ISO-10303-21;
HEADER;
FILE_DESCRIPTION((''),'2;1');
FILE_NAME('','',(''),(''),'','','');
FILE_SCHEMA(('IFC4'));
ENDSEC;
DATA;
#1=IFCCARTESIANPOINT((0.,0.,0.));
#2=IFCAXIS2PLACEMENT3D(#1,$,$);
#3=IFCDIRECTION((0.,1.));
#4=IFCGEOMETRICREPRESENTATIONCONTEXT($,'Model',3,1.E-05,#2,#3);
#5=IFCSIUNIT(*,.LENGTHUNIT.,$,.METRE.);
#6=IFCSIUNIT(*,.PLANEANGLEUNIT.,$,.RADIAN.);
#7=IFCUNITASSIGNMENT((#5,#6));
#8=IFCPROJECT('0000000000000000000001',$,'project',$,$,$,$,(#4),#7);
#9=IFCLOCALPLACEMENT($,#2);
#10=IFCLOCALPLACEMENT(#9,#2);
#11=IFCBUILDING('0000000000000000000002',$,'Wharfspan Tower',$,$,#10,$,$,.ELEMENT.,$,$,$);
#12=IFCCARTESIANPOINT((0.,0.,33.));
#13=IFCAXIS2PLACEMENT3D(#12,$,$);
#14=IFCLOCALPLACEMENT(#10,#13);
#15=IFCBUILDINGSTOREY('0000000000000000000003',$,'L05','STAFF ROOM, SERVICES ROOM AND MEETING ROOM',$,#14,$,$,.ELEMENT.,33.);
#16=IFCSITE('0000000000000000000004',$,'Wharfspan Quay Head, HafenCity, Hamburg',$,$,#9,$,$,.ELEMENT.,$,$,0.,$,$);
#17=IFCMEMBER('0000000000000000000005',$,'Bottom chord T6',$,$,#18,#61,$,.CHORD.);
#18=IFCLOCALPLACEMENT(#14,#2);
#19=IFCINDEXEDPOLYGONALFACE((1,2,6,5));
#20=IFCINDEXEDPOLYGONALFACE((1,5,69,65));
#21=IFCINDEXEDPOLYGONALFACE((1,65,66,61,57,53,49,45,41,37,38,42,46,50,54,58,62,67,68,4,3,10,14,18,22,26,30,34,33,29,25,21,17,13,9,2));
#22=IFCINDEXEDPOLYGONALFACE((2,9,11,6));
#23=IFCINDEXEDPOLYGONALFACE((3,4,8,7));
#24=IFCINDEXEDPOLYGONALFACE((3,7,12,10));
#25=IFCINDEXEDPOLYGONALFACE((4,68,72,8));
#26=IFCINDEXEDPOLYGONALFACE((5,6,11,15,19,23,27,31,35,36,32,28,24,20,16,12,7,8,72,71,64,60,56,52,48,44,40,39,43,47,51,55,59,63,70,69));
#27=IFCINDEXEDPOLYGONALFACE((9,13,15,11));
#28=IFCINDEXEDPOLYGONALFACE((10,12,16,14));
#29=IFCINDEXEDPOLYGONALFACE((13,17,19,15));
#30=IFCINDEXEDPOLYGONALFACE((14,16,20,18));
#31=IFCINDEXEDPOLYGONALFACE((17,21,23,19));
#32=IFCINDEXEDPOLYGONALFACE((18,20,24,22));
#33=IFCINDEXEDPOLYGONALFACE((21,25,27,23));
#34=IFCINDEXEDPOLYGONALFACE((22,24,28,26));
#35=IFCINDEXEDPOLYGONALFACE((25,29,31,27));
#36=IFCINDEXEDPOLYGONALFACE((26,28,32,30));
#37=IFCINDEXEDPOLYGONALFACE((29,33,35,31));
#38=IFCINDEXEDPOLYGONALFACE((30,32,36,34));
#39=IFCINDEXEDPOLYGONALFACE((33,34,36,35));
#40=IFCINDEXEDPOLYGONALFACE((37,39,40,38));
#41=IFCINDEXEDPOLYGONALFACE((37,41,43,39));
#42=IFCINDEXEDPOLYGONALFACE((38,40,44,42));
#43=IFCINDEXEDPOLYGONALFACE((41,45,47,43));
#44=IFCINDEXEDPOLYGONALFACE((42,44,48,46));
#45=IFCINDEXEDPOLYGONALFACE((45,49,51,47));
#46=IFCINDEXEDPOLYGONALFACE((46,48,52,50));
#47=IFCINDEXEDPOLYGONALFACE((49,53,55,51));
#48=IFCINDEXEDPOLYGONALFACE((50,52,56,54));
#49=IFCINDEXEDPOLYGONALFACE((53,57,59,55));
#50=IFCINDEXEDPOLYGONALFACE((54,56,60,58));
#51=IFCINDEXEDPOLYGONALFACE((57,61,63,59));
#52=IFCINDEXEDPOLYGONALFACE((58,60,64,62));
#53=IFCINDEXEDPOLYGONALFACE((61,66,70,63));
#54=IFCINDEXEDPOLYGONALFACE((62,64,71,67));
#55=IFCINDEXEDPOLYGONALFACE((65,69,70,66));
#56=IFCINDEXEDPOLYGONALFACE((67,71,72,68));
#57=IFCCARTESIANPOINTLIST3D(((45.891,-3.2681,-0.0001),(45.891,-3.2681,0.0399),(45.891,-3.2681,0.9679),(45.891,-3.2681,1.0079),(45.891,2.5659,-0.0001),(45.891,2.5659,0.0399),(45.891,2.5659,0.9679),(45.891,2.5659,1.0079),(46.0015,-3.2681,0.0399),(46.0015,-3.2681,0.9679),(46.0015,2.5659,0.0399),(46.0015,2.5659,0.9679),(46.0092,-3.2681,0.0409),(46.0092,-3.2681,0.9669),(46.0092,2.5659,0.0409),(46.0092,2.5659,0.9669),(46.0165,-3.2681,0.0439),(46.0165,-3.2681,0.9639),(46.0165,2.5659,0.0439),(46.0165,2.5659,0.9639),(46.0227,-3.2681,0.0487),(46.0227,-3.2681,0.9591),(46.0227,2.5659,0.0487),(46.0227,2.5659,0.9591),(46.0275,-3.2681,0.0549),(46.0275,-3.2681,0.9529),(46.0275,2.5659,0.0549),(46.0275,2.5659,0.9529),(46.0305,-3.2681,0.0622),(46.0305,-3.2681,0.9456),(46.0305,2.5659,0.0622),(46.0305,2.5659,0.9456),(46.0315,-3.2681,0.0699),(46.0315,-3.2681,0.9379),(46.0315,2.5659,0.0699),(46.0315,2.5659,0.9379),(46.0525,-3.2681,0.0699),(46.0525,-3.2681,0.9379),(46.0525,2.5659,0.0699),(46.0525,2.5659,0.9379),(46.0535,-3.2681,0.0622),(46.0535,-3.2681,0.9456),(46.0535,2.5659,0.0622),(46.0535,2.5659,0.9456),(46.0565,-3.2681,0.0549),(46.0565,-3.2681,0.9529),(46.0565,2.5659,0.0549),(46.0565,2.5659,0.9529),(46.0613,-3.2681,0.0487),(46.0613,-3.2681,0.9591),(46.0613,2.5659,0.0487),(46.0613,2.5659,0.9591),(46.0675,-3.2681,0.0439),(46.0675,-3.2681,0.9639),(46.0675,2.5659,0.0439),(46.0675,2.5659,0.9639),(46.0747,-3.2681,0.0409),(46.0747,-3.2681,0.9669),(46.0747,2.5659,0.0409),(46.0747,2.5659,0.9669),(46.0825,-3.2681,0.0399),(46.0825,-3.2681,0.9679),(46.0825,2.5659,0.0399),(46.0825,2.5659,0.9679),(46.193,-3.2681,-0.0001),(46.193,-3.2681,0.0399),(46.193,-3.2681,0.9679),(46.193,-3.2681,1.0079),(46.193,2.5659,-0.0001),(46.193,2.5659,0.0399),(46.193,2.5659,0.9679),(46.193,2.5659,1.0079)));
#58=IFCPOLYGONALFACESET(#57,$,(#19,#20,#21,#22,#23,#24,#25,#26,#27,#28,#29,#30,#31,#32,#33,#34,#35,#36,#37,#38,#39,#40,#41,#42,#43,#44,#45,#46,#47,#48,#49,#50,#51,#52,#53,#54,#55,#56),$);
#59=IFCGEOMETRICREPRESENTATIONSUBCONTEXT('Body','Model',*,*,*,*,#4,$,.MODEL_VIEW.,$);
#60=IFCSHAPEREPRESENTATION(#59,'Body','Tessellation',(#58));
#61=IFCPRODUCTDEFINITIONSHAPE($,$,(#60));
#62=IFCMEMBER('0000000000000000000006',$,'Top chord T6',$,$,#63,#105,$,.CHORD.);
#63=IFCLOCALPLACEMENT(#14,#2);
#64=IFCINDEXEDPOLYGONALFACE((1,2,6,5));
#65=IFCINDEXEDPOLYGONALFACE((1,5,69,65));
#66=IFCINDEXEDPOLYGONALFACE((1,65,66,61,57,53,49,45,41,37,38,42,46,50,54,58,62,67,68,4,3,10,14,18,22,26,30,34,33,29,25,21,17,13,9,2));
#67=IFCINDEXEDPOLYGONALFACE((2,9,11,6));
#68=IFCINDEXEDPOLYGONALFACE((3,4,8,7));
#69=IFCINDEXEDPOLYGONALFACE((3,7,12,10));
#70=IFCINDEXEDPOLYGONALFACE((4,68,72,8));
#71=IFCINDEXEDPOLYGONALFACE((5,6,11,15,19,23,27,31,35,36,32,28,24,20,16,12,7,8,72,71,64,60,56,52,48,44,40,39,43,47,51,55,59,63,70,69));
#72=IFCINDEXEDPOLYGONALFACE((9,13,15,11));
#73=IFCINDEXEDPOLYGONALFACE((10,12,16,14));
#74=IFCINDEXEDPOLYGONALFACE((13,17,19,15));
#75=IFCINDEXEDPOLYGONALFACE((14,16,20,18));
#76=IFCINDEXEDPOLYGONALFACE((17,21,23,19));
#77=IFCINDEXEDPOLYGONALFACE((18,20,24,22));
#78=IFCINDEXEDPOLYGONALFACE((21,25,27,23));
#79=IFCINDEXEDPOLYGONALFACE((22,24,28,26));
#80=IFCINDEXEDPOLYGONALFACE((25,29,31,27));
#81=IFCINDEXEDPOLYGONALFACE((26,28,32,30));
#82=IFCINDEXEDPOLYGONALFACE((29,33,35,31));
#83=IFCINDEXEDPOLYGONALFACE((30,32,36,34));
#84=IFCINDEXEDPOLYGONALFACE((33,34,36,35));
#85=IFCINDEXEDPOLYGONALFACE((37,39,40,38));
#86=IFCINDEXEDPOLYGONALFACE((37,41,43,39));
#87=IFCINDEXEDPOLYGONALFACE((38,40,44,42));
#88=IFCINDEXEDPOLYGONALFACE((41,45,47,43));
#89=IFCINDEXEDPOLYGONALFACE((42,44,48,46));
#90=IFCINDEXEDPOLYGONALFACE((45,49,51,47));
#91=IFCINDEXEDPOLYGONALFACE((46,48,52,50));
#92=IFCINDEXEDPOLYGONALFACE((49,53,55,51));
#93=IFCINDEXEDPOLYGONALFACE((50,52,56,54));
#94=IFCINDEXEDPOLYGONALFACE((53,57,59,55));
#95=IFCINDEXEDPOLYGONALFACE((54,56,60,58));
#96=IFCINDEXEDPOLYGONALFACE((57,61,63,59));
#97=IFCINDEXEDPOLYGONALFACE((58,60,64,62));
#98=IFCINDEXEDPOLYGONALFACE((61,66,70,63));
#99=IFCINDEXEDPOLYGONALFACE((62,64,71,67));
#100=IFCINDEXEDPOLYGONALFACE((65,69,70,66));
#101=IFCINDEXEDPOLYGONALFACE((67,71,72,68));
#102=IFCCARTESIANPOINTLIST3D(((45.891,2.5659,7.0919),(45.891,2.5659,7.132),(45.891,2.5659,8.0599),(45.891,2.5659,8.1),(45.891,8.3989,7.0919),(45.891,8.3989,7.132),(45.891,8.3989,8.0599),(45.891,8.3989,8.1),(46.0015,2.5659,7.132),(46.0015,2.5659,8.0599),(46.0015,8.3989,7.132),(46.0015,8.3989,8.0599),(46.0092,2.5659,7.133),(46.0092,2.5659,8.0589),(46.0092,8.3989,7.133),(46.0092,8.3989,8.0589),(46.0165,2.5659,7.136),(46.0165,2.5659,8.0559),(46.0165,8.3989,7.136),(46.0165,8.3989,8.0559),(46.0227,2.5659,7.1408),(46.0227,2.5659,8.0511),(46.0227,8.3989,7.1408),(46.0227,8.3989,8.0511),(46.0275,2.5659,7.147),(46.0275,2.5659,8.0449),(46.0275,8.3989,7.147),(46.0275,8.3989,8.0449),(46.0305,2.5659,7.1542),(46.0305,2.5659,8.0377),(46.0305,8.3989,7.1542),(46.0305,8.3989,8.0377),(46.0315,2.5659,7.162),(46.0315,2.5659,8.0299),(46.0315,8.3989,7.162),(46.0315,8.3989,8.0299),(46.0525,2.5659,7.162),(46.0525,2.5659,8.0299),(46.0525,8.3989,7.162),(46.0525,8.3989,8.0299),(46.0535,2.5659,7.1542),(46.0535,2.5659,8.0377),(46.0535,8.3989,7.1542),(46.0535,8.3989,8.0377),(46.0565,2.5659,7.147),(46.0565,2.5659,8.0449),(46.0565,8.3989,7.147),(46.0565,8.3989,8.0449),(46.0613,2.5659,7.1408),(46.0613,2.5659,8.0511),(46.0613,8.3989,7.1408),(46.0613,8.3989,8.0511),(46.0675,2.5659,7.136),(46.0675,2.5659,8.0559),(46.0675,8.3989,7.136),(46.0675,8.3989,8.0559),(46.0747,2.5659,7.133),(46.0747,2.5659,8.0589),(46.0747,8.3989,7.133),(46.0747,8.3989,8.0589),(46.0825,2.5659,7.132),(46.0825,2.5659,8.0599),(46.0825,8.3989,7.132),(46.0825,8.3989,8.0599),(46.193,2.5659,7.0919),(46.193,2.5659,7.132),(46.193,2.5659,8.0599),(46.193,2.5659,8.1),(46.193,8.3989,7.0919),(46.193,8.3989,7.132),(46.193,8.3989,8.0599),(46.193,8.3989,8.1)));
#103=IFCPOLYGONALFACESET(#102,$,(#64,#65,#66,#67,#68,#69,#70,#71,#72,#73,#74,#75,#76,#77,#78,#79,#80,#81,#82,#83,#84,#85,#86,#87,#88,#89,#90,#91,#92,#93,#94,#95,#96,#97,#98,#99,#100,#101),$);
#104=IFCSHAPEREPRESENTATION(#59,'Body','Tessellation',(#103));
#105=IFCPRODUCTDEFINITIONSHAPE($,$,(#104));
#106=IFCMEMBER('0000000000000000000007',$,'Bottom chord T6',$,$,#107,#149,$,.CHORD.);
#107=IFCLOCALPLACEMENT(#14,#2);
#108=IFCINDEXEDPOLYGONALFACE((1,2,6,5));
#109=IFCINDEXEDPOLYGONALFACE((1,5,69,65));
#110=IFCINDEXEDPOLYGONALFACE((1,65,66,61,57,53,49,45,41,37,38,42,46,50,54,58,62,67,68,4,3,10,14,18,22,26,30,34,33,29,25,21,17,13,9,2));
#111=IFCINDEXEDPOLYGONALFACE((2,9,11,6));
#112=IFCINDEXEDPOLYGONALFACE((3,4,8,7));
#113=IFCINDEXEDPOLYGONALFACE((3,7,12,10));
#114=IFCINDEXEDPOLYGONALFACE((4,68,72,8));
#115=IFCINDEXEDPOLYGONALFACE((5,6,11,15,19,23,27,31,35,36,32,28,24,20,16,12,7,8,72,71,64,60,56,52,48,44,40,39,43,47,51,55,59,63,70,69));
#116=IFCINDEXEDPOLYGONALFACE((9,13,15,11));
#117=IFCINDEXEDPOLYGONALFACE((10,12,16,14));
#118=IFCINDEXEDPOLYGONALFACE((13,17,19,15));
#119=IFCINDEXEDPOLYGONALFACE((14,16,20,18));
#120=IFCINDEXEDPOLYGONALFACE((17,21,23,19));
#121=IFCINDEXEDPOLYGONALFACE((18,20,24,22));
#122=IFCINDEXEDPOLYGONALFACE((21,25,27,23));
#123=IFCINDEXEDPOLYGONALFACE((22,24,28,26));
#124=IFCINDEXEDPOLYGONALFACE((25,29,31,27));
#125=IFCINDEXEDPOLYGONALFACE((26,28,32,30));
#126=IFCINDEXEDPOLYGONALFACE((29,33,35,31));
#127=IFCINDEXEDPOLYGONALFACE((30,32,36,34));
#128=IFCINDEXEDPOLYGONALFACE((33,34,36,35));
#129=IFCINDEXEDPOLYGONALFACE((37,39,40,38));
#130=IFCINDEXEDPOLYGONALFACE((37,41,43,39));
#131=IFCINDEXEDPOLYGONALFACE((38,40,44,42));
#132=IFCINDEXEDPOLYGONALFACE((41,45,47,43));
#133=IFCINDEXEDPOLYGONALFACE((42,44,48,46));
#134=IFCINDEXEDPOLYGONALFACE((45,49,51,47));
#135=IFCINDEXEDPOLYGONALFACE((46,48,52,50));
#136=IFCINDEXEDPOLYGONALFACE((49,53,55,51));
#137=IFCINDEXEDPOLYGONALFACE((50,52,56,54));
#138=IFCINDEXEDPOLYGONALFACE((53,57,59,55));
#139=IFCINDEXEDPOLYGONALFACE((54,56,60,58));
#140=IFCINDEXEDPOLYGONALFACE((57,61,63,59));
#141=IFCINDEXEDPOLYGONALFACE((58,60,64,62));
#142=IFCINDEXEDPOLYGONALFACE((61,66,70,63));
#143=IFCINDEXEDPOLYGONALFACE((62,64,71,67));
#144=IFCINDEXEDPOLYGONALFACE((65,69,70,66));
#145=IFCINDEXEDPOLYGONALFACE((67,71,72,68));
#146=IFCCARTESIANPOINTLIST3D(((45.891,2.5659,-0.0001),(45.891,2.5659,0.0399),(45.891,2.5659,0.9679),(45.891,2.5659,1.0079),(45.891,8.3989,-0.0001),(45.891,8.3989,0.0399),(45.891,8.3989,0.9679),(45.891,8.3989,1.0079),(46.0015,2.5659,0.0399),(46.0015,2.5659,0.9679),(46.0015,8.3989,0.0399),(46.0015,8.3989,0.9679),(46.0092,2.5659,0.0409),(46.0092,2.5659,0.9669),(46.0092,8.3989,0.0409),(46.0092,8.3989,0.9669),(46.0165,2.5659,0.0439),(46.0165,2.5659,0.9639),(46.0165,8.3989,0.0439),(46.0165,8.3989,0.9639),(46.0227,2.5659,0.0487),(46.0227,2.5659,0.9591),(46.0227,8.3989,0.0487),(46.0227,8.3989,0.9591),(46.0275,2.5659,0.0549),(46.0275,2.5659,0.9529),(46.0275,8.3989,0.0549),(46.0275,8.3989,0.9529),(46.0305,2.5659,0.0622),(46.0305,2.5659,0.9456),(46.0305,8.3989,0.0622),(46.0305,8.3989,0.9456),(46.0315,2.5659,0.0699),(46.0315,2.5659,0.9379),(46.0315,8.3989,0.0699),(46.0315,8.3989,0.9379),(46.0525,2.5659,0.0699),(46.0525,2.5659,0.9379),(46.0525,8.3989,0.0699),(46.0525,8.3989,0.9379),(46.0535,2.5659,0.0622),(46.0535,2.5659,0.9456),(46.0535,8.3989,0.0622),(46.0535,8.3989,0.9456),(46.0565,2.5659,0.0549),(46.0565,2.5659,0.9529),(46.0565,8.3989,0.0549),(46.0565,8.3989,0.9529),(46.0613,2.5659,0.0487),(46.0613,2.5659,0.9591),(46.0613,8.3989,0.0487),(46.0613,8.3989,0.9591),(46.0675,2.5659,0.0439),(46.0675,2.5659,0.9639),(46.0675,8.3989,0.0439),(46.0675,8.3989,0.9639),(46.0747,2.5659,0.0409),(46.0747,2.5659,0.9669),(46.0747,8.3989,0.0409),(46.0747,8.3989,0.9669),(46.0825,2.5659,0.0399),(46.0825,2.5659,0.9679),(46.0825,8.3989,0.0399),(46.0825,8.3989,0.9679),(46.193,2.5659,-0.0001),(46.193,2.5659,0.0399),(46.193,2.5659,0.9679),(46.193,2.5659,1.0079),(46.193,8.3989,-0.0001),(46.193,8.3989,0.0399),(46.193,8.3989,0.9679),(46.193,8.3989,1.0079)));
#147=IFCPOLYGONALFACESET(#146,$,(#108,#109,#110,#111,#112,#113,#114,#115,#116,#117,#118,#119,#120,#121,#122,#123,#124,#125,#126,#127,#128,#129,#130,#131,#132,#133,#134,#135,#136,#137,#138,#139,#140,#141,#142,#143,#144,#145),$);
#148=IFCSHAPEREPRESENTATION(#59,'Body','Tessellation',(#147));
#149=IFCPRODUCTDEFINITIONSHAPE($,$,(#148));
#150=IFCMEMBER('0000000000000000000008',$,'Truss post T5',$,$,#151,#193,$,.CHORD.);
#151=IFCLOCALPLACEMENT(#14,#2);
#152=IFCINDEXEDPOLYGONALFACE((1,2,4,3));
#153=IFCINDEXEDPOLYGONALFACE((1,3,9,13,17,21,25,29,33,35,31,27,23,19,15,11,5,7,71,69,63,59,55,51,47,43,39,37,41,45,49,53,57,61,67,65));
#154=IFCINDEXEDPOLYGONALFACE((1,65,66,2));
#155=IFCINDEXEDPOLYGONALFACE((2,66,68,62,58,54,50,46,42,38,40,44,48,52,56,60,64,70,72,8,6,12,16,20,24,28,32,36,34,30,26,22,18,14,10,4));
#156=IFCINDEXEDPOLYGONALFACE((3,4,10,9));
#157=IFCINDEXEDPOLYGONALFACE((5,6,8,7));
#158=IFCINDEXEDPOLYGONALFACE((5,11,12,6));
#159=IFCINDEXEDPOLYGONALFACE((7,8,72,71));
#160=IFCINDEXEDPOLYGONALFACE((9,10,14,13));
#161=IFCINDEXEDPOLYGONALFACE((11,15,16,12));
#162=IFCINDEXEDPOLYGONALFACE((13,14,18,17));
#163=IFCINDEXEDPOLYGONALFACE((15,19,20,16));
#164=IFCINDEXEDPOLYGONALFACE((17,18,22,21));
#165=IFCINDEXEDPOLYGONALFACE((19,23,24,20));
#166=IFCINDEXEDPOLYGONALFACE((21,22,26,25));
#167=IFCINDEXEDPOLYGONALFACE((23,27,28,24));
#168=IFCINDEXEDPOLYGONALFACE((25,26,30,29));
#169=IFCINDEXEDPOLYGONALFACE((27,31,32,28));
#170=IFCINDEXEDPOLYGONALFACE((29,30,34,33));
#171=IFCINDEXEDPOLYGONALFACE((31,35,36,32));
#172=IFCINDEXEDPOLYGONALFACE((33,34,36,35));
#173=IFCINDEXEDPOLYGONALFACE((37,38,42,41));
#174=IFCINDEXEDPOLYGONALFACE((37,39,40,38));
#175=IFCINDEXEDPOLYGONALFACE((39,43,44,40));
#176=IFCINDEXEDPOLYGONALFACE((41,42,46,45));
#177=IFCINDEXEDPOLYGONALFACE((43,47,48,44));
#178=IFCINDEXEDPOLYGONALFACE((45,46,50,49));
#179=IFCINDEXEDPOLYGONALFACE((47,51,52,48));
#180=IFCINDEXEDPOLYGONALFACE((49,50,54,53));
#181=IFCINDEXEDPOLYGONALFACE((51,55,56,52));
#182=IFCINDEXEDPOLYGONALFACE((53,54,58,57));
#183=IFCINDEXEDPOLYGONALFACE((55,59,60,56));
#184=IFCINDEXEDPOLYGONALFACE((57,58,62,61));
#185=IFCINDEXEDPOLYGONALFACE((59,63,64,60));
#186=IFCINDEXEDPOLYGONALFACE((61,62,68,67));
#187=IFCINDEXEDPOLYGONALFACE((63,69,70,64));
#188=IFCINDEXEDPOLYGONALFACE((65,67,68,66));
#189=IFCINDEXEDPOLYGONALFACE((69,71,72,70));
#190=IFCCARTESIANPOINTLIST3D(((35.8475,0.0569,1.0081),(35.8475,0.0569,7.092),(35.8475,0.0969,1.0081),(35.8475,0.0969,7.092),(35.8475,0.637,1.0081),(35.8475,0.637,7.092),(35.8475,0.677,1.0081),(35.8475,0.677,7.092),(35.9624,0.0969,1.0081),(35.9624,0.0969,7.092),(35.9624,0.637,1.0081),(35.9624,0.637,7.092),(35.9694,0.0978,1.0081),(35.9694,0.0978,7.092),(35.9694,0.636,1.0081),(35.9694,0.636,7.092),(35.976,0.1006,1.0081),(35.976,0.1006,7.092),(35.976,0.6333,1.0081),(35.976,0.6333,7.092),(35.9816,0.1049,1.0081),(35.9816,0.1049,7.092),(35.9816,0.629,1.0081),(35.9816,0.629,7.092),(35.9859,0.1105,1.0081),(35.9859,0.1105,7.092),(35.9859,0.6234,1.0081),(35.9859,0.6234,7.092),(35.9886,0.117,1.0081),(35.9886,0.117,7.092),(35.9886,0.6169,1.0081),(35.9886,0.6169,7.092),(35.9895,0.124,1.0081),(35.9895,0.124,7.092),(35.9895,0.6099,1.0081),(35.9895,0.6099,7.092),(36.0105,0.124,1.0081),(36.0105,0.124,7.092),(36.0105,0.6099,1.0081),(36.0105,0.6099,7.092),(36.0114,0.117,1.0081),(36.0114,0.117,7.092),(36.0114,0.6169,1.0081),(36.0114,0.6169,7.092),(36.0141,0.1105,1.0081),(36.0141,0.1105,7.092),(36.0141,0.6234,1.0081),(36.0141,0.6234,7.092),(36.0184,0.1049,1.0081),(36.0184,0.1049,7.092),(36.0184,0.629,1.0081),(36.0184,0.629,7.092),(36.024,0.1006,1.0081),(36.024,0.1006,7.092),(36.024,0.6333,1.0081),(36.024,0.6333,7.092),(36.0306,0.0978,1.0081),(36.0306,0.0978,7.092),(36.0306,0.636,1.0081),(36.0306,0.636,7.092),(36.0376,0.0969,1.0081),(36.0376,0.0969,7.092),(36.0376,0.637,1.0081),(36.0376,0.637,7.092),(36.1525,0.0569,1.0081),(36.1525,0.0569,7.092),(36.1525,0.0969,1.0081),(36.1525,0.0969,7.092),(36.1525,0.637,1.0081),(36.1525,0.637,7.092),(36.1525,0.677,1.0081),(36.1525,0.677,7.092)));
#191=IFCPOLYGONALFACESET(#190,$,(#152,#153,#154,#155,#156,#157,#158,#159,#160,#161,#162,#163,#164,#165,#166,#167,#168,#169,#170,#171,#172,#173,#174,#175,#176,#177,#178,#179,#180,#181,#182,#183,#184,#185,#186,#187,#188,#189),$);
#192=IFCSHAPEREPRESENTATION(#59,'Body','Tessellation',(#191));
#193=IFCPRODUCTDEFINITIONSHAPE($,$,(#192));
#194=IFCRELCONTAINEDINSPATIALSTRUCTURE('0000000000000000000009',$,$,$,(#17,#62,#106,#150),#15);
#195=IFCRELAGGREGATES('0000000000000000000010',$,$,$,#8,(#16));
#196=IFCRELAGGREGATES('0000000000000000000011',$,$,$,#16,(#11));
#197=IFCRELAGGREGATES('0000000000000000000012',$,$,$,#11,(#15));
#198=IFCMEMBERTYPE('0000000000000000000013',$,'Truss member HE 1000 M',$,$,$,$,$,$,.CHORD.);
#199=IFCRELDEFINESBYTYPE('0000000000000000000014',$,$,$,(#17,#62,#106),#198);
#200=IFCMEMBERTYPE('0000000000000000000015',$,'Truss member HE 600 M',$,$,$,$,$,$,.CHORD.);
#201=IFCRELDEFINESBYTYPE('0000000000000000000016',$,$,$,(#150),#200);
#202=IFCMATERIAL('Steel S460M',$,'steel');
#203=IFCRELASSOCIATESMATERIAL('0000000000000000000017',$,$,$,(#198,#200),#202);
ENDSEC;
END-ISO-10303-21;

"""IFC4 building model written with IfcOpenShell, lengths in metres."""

from ifc_helpers import new_model, si_unit, direction, frame, origin, origin_2d, place, context, subcontext, project, spatial, i_section, extrude, material, material_profile, profile_set, type_object, element, save


model = new_model("IFC4")

# Units and contexts
model_context = context("Model", 3, precision=1e-05, world=origin(), true_north=direction((0.0, 1.0)))
body_context = subcontext(model_context, "Body", "Model", "MODEL_VIEW")
ifc_project = project(units=[si_unit("LENGTHUNIT", "METRE"), si_unit("PLANEANGLEUNIT", "RADIAN")], contexts=[model_context])

# Site, building, storey
site_placement = place(None, origin())
site = spatial("IfcSite", under=ifc_project, at=site_placement, Name="Wharfspan Quay Head, HafenCity, Hamburg", CompositionType="ELEMENT", RefElevation=0.0)
building_placement = place(site_placement, origin())
building = spatial("IfcBuilding", under=site, at=building_placement, Name="Wharfspan Tower", CompositionType="ELEMENT")
storey_placement = place(building_placement, frame((0.0, 0.0, 33.0)))
storey = spatial("IfcBuildingStorey", under=building, at=storey_placement, Name="L05", Description="STAFF ROOM, SERVICES ROOM AND MEETING ROOM", CompositionType="ELEMENT", Elevation=33.0)

# Shared definitions
ifc_material_1 = material(Name="Steel S460M", Category="steel")

# Members
ifc_material_profile_1 = material_profile(ifc_material_1, i_section(OverallWidth=0.302, OverallDepth=1.0081, WebThickness=0.021, FlangeThickness=0.04, FilletRadius=0.03, at=origin_2d()))
ifc_profile_set_1 = profile_set([ifc_material_profile_1], Name="Steel S460M")
member_type_1 = type_object("IfcMemberType", Name="Truss member HE 1000 M", PredefinedType="CHORD", material=ifc_profile_set_1)
for number, where, z_axis, x_axis, name in (
    (1, (46.042, -3.2681, 0.5039), (0.0, 1.0, 0.0), (-1.0, 0.0, 0.0), "Bottom chord T6"),
):
    element("IfcMember", number, at=place(storey_placement, frame(where, z_axis=z_axis, x_axis=x_axis)), inside=storey, type_object=member_type_1, Name=name, PredefinedType="CHORD", context=body_context, shape_type="SweptSolid", body=[
        extrude(i_section(OverallWidth=0.302, OverallDepth=1.0081, WebThickness=0.021, FlangeThickness=0.04, FilletRadius=0.03, at=origin_2d()), origin(), (0.0, 0.0, 1.0), 5.834),
    ])
for number, where, z_axis, x_axis, name in (
    (2, (46.042, 2.5659, 7.5959), (0.0, 1.0, 0.0), (-1.0, 0.0, 0.0), "Top chord T6"),
    (3, (46.042, 2.5659, 0.5039), (0.0, 1.0, 0.0), (-1.0, 0.0, 0.0), "Bottom chord T6"),
):
    element("IfcMember", number, at=place(storey_placement, frame(where, z_axis=z_axis, x_axis=x_axis)), inside=storey, type_object=member_type_1, Name=name, PredefinedType="CHORD", context=body_context, shape_type="SweptSolid", body=[
        extrude(i_section(OverallWidth=0.302, OverallDepth=1.0081, WebThickness=0.021, FlangeThickness=0.04, FilletRadius=0.03, at=origin_2d()), origin(), (0.0, 0.0, 1.0), 5.833),
    ])
ifc_material_profile_2 = material_profile(ifc_material_1, i_section(OverallWidth=0.3049, OverallDepth=0.6201, WebThickness=0.021, FlangeThickness=0.04, FilletRadius=0.0271, at=origin_2d()))
ifc_profile_set_2 = profile_set([ifc_material_profile_2], Name="Steel S460M")
member_type_2 = type_object("IfcMemberType", Name="Truss member HE 600 M", PredefinedType="CHORD", material=ifc_profile_set_2)
for number, where, z_axis, x_axis, name in (
    (4, (36.0, 0.3669, 1.0081), (0.0, 0.0, 1.0), (1.0, 0.0, 0.0), "Truss post T5"),
):
    element("IfcMember", number, at=place(storey_placement, frame(where, z_axis=z_axis, x_axis=x_axis)), inside=storey, type_object=member_type_2, Name=name, PredefinedType="CHORD", context=body_context, shape_type="SweptSolid", body=[
        extrude(i_section(OverallWidth=0.3049, OverallDepth=0.6201, WebThickness=0.021, FlangeThickness=0.04, FilletRadius=0.0271, at=origin_2d()), origin(), (0.0, 0.0, 1.0), 6.084),
    ])

save(model, "model.ifc")
